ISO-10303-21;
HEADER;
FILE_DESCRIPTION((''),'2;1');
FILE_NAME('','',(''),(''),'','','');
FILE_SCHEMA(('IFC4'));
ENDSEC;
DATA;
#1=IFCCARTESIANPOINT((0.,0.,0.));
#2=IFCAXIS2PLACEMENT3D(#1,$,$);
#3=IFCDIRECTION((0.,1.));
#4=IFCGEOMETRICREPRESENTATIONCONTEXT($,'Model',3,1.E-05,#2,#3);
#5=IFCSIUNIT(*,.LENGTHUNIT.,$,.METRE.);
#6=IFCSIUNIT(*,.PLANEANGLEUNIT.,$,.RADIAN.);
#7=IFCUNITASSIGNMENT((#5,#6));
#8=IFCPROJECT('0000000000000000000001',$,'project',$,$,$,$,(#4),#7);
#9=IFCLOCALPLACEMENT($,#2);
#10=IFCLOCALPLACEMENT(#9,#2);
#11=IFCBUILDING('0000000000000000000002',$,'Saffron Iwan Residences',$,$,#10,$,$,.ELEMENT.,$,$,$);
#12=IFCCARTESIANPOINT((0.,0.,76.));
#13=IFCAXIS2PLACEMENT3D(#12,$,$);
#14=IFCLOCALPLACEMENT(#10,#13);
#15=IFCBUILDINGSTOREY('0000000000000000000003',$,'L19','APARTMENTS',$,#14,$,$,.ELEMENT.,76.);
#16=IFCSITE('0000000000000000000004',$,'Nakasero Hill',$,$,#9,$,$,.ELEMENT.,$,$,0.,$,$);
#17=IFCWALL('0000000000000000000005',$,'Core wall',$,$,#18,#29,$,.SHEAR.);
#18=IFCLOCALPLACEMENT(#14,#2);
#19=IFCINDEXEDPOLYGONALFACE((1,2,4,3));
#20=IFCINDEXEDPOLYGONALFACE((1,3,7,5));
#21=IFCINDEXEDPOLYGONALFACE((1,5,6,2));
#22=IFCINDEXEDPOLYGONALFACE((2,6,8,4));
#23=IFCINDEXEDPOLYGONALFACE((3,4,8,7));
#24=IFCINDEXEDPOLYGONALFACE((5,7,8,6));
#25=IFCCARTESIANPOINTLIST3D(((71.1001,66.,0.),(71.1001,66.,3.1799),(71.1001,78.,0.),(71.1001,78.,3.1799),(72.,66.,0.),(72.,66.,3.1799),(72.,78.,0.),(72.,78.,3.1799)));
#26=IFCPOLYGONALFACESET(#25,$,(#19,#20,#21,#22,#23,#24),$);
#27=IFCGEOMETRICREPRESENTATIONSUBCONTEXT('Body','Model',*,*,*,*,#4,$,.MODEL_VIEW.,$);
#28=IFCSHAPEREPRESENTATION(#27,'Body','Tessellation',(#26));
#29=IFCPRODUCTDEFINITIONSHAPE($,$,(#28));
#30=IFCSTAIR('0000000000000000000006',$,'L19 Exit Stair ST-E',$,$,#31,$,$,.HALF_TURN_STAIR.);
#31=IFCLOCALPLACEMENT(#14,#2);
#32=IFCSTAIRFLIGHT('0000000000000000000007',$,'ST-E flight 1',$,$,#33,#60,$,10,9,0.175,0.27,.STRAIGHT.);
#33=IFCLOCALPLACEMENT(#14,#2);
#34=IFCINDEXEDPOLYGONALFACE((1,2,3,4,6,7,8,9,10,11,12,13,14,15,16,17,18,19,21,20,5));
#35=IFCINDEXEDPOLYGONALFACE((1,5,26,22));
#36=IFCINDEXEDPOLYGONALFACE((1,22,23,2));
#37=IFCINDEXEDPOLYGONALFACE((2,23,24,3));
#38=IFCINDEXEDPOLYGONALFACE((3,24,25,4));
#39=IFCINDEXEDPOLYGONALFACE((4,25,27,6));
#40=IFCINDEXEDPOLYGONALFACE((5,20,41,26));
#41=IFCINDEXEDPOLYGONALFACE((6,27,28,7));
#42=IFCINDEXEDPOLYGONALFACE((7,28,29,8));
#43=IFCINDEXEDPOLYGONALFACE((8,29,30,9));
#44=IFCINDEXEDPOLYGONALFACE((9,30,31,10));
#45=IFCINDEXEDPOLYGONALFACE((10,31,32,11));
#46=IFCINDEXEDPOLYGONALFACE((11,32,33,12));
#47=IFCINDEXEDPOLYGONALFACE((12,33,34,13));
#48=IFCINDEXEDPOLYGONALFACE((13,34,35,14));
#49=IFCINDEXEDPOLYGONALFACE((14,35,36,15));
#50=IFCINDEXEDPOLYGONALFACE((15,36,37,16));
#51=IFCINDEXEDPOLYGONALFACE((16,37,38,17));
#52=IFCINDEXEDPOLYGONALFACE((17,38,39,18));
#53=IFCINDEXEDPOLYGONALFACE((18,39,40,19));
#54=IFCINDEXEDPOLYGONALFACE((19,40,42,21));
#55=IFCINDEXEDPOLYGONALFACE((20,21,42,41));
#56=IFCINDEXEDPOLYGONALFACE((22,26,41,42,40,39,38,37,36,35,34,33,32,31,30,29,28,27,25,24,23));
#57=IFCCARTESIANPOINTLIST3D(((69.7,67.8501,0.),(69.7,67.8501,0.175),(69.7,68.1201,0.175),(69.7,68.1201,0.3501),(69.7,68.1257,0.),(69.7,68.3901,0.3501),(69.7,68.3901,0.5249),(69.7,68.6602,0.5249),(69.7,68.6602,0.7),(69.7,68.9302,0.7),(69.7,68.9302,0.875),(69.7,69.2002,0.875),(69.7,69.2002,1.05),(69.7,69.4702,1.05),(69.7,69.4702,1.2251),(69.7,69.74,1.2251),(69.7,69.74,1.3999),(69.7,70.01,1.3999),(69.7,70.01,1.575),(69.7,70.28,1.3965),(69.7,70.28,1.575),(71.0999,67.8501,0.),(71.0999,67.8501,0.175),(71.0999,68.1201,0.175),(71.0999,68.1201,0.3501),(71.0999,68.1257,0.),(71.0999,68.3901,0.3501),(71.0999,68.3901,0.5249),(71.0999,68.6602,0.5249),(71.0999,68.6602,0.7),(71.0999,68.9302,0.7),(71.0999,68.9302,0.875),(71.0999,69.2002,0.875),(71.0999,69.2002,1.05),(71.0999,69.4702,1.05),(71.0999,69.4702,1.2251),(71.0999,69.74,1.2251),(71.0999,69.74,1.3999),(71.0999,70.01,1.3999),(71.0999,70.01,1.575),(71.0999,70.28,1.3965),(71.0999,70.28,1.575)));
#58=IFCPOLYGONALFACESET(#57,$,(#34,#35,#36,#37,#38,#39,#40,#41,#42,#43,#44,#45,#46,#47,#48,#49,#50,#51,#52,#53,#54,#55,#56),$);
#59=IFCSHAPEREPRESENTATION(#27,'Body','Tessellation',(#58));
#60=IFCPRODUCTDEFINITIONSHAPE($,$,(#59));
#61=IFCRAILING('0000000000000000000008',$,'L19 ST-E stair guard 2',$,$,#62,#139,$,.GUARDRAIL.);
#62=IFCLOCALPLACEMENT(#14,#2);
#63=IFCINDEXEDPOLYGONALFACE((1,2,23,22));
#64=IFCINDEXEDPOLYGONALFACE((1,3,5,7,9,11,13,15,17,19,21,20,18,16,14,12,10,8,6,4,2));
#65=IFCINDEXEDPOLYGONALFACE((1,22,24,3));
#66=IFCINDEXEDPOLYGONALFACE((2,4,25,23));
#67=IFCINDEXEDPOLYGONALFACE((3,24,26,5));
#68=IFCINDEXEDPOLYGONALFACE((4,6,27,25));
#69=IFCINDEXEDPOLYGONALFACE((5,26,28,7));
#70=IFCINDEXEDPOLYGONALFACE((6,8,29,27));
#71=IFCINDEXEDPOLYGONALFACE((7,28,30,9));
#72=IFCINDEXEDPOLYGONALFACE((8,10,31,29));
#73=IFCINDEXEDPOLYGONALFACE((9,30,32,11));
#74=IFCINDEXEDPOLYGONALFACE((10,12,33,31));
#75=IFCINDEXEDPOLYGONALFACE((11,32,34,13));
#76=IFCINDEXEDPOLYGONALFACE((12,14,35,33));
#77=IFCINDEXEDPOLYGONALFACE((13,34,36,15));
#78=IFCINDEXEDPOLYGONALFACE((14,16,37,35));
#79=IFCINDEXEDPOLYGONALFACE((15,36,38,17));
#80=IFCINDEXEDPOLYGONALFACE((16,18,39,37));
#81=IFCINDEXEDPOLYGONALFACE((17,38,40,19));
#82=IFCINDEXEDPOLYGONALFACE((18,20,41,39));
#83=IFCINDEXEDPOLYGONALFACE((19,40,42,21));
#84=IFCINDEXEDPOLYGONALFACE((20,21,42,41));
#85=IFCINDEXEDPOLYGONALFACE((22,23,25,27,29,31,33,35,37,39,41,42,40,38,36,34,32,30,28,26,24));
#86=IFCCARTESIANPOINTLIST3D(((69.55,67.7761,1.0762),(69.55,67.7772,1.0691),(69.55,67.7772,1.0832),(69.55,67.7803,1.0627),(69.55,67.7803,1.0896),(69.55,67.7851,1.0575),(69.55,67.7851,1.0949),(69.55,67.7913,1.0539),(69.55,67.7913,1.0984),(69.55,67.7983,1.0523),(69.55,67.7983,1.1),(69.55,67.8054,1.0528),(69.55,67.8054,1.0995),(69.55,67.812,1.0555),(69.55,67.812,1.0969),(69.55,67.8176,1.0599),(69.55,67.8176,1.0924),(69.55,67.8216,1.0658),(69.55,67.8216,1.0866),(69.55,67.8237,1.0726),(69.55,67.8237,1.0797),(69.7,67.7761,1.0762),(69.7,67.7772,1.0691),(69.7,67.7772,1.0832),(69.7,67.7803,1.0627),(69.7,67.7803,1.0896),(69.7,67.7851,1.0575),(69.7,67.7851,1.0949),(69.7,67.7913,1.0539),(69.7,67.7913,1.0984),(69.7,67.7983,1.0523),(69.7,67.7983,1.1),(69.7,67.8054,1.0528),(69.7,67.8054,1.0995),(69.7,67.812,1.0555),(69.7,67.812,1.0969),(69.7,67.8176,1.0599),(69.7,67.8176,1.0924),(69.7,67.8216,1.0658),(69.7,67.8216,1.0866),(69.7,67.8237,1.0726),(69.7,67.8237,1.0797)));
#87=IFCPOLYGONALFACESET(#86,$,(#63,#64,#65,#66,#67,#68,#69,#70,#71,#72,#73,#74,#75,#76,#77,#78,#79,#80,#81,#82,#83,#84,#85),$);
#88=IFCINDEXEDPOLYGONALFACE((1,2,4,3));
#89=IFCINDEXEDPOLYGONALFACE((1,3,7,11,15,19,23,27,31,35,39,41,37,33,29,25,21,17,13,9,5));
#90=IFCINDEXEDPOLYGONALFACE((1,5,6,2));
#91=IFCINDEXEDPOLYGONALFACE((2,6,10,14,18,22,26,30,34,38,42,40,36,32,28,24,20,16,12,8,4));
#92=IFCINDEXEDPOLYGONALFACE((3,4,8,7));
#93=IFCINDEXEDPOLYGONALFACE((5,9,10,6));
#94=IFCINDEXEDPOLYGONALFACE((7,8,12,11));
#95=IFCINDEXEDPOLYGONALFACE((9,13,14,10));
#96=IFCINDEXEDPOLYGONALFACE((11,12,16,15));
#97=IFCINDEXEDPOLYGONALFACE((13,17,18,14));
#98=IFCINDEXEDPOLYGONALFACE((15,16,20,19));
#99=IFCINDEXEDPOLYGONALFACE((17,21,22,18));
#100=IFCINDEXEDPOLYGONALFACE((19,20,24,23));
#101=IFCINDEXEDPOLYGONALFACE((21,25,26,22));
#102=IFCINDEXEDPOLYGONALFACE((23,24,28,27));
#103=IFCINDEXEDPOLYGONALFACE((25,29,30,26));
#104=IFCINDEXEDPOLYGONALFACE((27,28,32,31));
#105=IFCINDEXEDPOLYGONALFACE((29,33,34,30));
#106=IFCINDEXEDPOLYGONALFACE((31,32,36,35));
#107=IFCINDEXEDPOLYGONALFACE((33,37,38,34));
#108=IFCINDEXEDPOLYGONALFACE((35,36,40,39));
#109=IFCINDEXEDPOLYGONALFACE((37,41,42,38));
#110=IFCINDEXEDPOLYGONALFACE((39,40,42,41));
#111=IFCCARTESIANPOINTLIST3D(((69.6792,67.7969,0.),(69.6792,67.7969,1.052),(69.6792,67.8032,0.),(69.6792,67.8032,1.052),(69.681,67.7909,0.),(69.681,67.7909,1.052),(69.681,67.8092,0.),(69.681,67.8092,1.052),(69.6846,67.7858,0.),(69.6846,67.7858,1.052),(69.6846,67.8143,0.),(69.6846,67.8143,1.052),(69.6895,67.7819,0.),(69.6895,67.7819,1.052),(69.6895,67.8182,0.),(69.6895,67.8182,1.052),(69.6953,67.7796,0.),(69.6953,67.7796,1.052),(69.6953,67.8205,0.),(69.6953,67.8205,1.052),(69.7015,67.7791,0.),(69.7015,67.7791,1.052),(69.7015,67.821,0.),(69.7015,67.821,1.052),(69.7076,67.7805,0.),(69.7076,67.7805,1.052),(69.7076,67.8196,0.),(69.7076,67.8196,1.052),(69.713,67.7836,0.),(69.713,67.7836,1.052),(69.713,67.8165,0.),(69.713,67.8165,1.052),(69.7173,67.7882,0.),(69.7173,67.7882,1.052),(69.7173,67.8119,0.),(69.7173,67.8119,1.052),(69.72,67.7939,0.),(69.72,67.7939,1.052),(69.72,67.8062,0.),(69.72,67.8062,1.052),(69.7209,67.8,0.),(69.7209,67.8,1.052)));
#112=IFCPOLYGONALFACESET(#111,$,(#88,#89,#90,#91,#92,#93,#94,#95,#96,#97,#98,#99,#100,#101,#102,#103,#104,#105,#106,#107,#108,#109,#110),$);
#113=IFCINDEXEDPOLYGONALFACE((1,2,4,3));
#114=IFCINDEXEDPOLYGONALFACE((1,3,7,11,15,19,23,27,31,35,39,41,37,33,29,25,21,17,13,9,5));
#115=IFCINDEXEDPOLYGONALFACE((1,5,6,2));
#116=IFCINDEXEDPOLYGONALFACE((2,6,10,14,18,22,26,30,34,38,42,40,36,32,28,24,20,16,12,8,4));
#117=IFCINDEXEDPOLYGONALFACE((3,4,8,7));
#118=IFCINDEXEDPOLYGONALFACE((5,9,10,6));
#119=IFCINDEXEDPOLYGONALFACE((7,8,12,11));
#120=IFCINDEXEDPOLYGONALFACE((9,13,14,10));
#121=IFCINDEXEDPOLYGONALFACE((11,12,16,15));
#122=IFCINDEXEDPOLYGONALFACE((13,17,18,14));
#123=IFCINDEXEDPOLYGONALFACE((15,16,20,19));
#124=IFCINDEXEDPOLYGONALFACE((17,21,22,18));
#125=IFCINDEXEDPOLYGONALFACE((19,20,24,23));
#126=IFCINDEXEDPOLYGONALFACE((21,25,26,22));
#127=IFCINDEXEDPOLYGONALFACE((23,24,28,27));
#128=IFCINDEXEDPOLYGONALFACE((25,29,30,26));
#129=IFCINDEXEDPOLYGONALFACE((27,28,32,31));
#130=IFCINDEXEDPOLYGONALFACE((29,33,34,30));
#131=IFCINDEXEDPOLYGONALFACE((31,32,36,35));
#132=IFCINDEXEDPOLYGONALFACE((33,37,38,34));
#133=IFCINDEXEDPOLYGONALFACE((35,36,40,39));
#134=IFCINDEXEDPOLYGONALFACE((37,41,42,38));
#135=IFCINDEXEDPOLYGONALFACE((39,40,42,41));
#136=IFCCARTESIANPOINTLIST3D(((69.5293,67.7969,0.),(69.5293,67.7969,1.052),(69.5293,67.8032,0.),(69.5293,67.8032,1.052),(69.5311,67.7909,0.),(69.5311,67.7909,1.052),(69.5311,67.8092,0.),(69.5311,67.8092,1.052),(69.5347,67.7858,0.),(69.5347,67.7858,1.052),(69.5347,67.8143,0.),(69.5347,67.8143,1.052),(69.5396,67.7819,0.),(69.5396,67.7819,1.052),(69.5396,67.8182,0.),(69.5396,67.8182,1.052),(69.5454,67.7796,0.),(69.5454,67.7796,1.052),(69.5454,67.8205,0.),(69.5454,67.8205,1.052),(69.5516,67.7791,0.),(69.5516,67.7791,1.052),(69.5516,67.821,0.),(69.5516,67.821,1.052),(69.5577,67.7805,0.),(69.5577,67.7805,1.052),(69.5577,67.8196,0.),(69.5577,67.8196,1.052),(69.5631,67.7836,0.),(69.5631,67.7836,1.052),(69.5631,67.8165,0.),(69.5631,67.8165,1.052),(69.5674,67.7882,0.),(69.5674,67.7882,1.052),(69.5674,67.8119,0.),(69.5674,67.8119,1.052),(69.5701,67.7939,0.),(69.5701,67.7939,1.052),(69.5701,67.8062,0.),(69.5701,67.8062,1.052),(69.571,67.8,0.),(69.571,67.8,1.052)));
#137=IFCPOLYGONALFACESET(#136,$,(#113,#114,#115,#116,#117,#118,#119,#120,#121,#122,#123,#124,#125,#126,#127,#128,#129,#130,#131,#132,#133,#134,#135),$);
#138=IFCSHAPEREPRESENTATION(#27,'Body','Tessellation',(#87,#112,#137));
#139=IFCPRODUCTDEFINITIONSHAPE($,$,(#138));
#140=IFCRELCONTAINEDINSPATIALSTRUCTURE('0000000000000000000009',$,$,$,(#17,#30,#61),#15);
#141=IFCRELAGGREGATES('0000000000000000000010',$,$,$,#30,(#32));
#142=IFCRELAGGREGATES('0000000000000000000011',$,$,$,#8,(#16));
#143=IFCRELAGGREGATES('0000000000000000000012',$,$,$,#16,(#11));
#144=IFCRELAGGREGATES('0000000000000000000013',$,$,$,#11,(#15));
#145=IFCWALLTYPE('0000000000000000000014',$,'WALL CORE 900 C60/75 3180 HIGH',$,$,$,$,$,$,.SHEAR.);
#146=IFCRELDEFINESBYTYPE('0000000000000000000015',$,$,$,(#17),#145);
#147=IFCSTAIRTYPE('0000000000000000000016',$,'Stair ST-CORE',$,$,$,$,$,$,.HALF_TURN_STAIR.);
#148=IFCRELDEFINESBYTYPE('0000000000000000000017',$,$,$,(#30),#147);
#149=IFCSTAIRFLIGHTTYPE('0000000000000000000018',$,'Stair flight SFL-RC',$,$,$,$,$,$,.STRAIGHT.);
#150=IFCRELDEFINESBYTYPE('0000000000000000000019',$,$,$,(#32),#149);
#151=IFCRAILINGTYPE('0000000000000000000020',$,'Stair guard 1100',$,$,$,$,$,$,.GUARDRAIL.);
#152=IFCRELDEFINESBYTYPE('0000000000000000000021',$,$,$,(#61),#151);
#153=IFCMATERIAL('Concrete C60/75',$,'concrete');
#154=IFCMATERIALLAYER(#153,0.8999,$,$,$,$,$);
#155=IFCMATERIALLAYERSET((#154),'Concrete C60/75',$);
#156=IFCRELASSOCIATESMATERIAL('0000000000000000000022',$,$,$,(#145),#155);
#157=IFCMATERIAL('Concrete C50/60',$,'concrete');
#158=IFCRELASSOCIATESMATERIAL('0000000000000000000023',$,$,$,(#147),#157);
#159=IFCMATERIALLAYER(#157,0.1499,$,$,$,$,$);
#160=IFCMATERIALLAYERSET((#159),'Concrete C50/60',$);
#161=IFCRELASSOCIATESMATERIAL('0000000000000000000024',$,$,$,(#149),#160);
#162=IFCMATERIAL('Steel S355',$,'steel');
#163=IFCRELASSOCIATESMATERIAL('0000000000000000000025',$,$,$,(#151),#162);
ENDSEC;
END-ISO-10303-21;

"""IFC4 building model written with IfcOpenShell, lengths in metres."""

from ifc_helpers import new_model, si_unit, direction, frame, frame_2d, origin, origin_2d, place, context, subcontext, project, spatial, polyline, rectangle, circle, outline, extrude, material, layer, layer_set, type_object, element, aggregate, save


model = new_model("IFC4")

# Units and contexts
model_context = context("Model", 3, precision=1e-05, world=origin(), true_north=direction((0.0, 1.0)))
body_context = subcontext(model_context, "Body", "Model", "MODEL_VIEW")
ifc_project = project(units=[si_unit("LENGTHUNIT", "METRE"), si_unit("PLANEANGLEUNIT", "RADIAN")], contexts=[model_context])

# Site, building, storey
site_placement = place(None, origin())
site = spatial("IfcSite", under=ifc_project, at=site_placement, Name="Nakasero Hill", CompositionType="ELEMENT", RefElevation=0.0)
building_placement = place(site_placement, origin())
building = spatial("IfcBuilding", under=site, at=building_placement, Name="Saffron Iwan Residences", CompositionType="ELEMENT")
storey_placement = place(building_placement, frame((0.0, 0.0, 76.0)))
storey = spatial("IfcBuildingStorey", under=building, at=storey_placement, Name="L19", Description="APARTMENTS", CompositionType="ELEMENT", Elevation=76.0)

# Wall
ifc_material_1 = material(Name="Concrete C60/75", Category="concrete")
ifc_layer_1 = layer(ifc_material_1, 0.8999)
ifc_layer_set_1 = layer_set([ifc_layer_1], Name="Concrete C60/75")
wall_type_1 = type_object("IfcWallType", Name="WALL CORE 900 C60/75 3180 HIGH", PredefinedType="SHEAR", material=ifc_layer_set_1)
wall_1_placement = place(storey_placement, frame((71.55, 66.0, 0.0), z_axis=(0.0, 0.0, 1.0), x_axis=(0.0, 1.0, 0.0)))
element("IfcWall", 1, at=wall_1_placement, inside=storey, type_object=wall_type_1, Name="Core wall", PredefinedType="SHEAR", context=body_context, shape_type="SweptSolid", body=[
    extrude(rectangle(XDim=12.0, YDim=0.8999, at=frame_2d((6.0, 0.0))), origin(), (0.0, 0.0, 1.0), 3.1799),
])

# Stair, stair flight
ifc_material_2 = material(Name="Concrete C50/60", Category="concrete")
stair_type = type_object("IfcStairType", Name="Stair ST-CORE", PredefinedType="HALF_TURN_STAIR", material=ifc_material_2)
stair_placement = place(storey_placement, origin())
stair = element("IfcStair", 2, at=stair_placement, inside=storey, type_object=stair_type, Name="L19 Exit Stair ST-E", PredefinedType="HALF_TURN_STAIR")
ifc_layer_2 = layer(ifc_material_2, 0.1499)
ifc_layer_set_2 = layer_set([ifc_layer_2], Name="Concrete C50/60")
stair_flight_type = type_object("IfcStairFlightType", Name="Stair flight SFL-RC", PredefinedType="STRAIGHT", material=ifc_layer_set_2)
stair_flight_placement = place(storey_placement, frame((70.3999, 67.8501, 0.0), z_axis=(0.0, 0.0, 1.0), x_axis=(0.0, 1.0, 0.0)))
stair_flight = element("IfcStairFlight", 3, at=stair_flight_placement, type_object=stair_flight_type, Name="ST-E flight 1", NumberOfRisers=10, NumberOfTreads=9, PredefinedType="STRAIGHT", RiserHeight=0.175, TreadLength=0.27, context=body_context, shape_type="SweptSolid", body=[
    extrude(outline(polyline([(0.0, 0.0), (0.0, 0.175), (0.27, 0.175), (0.27, 0.3501), (0.54, 0.3501), (0.54, 0.5249), (0.8101, 0.5249), (0.8101, 0.7), (1.0801, 0.7), (1.0801, 0.875), (1.3501, 0.875), (1.3501, 1.05), (1.6201, 1.05), (1.6201, 1.2251), (1.8899, 1.2251), (1.8899, 1.3999), (2.1599, 1.3999), (2.1599, 1.575), (2.4299, 1.575), (2.4299, 1.75), (2.4299, 1.3965), (0.2756, 0.0), (0.0, 0.0)])), frame((0.0, 0.7, 0.0), z_axis=(0.0, -1.0, 0.0), x_axis=(1.0, 0.0, 0.0)), (0.0, 0.0, 1.0), 1.3999),
])
aggregate(stair, [stair_flight])

# Railing
ifc_material_3 = material(Name="Steel S355", Category="steel")
railing_type_1 = type_object("IfcRailingType", Name="Stair guard 1100", PredefinedType="GUARDRAIL", material=ifc_material_3)
railing_1_placement = place(storey_placement, frame((69.7, 67.8, 0.0)))
element("IfcRailing", 4, at=railing_1_placement, inside=storey, type_object=railing_type_1, Name="L19 ST-E stair guard 2", PredefinedType="GUARDRAIL", context=body_context, shape_type="SweptSolid", body=[
    extrude(circle(Radius=0.0239, at=origin_2d()), frame((0.0, 0.0, 1.0762), z_axis=(-1.0, 0.0, 0.0), x_axis=(0.0, -1.0, 0.0)), (0.0, 0.0, 1.0), 0.1499),
    extrude(circle(Radius=0.021, at=origin_2d()), origin(), (0.0, 0.0, 1.0), 1.052),
    extrude(circle(Radius=0.021, at=origin_2d()), frame((-0.1499, 0.0, 0.0)), (0.0, 0.0, 1.0), 1.052),
])

save(model, "model.ifc")
